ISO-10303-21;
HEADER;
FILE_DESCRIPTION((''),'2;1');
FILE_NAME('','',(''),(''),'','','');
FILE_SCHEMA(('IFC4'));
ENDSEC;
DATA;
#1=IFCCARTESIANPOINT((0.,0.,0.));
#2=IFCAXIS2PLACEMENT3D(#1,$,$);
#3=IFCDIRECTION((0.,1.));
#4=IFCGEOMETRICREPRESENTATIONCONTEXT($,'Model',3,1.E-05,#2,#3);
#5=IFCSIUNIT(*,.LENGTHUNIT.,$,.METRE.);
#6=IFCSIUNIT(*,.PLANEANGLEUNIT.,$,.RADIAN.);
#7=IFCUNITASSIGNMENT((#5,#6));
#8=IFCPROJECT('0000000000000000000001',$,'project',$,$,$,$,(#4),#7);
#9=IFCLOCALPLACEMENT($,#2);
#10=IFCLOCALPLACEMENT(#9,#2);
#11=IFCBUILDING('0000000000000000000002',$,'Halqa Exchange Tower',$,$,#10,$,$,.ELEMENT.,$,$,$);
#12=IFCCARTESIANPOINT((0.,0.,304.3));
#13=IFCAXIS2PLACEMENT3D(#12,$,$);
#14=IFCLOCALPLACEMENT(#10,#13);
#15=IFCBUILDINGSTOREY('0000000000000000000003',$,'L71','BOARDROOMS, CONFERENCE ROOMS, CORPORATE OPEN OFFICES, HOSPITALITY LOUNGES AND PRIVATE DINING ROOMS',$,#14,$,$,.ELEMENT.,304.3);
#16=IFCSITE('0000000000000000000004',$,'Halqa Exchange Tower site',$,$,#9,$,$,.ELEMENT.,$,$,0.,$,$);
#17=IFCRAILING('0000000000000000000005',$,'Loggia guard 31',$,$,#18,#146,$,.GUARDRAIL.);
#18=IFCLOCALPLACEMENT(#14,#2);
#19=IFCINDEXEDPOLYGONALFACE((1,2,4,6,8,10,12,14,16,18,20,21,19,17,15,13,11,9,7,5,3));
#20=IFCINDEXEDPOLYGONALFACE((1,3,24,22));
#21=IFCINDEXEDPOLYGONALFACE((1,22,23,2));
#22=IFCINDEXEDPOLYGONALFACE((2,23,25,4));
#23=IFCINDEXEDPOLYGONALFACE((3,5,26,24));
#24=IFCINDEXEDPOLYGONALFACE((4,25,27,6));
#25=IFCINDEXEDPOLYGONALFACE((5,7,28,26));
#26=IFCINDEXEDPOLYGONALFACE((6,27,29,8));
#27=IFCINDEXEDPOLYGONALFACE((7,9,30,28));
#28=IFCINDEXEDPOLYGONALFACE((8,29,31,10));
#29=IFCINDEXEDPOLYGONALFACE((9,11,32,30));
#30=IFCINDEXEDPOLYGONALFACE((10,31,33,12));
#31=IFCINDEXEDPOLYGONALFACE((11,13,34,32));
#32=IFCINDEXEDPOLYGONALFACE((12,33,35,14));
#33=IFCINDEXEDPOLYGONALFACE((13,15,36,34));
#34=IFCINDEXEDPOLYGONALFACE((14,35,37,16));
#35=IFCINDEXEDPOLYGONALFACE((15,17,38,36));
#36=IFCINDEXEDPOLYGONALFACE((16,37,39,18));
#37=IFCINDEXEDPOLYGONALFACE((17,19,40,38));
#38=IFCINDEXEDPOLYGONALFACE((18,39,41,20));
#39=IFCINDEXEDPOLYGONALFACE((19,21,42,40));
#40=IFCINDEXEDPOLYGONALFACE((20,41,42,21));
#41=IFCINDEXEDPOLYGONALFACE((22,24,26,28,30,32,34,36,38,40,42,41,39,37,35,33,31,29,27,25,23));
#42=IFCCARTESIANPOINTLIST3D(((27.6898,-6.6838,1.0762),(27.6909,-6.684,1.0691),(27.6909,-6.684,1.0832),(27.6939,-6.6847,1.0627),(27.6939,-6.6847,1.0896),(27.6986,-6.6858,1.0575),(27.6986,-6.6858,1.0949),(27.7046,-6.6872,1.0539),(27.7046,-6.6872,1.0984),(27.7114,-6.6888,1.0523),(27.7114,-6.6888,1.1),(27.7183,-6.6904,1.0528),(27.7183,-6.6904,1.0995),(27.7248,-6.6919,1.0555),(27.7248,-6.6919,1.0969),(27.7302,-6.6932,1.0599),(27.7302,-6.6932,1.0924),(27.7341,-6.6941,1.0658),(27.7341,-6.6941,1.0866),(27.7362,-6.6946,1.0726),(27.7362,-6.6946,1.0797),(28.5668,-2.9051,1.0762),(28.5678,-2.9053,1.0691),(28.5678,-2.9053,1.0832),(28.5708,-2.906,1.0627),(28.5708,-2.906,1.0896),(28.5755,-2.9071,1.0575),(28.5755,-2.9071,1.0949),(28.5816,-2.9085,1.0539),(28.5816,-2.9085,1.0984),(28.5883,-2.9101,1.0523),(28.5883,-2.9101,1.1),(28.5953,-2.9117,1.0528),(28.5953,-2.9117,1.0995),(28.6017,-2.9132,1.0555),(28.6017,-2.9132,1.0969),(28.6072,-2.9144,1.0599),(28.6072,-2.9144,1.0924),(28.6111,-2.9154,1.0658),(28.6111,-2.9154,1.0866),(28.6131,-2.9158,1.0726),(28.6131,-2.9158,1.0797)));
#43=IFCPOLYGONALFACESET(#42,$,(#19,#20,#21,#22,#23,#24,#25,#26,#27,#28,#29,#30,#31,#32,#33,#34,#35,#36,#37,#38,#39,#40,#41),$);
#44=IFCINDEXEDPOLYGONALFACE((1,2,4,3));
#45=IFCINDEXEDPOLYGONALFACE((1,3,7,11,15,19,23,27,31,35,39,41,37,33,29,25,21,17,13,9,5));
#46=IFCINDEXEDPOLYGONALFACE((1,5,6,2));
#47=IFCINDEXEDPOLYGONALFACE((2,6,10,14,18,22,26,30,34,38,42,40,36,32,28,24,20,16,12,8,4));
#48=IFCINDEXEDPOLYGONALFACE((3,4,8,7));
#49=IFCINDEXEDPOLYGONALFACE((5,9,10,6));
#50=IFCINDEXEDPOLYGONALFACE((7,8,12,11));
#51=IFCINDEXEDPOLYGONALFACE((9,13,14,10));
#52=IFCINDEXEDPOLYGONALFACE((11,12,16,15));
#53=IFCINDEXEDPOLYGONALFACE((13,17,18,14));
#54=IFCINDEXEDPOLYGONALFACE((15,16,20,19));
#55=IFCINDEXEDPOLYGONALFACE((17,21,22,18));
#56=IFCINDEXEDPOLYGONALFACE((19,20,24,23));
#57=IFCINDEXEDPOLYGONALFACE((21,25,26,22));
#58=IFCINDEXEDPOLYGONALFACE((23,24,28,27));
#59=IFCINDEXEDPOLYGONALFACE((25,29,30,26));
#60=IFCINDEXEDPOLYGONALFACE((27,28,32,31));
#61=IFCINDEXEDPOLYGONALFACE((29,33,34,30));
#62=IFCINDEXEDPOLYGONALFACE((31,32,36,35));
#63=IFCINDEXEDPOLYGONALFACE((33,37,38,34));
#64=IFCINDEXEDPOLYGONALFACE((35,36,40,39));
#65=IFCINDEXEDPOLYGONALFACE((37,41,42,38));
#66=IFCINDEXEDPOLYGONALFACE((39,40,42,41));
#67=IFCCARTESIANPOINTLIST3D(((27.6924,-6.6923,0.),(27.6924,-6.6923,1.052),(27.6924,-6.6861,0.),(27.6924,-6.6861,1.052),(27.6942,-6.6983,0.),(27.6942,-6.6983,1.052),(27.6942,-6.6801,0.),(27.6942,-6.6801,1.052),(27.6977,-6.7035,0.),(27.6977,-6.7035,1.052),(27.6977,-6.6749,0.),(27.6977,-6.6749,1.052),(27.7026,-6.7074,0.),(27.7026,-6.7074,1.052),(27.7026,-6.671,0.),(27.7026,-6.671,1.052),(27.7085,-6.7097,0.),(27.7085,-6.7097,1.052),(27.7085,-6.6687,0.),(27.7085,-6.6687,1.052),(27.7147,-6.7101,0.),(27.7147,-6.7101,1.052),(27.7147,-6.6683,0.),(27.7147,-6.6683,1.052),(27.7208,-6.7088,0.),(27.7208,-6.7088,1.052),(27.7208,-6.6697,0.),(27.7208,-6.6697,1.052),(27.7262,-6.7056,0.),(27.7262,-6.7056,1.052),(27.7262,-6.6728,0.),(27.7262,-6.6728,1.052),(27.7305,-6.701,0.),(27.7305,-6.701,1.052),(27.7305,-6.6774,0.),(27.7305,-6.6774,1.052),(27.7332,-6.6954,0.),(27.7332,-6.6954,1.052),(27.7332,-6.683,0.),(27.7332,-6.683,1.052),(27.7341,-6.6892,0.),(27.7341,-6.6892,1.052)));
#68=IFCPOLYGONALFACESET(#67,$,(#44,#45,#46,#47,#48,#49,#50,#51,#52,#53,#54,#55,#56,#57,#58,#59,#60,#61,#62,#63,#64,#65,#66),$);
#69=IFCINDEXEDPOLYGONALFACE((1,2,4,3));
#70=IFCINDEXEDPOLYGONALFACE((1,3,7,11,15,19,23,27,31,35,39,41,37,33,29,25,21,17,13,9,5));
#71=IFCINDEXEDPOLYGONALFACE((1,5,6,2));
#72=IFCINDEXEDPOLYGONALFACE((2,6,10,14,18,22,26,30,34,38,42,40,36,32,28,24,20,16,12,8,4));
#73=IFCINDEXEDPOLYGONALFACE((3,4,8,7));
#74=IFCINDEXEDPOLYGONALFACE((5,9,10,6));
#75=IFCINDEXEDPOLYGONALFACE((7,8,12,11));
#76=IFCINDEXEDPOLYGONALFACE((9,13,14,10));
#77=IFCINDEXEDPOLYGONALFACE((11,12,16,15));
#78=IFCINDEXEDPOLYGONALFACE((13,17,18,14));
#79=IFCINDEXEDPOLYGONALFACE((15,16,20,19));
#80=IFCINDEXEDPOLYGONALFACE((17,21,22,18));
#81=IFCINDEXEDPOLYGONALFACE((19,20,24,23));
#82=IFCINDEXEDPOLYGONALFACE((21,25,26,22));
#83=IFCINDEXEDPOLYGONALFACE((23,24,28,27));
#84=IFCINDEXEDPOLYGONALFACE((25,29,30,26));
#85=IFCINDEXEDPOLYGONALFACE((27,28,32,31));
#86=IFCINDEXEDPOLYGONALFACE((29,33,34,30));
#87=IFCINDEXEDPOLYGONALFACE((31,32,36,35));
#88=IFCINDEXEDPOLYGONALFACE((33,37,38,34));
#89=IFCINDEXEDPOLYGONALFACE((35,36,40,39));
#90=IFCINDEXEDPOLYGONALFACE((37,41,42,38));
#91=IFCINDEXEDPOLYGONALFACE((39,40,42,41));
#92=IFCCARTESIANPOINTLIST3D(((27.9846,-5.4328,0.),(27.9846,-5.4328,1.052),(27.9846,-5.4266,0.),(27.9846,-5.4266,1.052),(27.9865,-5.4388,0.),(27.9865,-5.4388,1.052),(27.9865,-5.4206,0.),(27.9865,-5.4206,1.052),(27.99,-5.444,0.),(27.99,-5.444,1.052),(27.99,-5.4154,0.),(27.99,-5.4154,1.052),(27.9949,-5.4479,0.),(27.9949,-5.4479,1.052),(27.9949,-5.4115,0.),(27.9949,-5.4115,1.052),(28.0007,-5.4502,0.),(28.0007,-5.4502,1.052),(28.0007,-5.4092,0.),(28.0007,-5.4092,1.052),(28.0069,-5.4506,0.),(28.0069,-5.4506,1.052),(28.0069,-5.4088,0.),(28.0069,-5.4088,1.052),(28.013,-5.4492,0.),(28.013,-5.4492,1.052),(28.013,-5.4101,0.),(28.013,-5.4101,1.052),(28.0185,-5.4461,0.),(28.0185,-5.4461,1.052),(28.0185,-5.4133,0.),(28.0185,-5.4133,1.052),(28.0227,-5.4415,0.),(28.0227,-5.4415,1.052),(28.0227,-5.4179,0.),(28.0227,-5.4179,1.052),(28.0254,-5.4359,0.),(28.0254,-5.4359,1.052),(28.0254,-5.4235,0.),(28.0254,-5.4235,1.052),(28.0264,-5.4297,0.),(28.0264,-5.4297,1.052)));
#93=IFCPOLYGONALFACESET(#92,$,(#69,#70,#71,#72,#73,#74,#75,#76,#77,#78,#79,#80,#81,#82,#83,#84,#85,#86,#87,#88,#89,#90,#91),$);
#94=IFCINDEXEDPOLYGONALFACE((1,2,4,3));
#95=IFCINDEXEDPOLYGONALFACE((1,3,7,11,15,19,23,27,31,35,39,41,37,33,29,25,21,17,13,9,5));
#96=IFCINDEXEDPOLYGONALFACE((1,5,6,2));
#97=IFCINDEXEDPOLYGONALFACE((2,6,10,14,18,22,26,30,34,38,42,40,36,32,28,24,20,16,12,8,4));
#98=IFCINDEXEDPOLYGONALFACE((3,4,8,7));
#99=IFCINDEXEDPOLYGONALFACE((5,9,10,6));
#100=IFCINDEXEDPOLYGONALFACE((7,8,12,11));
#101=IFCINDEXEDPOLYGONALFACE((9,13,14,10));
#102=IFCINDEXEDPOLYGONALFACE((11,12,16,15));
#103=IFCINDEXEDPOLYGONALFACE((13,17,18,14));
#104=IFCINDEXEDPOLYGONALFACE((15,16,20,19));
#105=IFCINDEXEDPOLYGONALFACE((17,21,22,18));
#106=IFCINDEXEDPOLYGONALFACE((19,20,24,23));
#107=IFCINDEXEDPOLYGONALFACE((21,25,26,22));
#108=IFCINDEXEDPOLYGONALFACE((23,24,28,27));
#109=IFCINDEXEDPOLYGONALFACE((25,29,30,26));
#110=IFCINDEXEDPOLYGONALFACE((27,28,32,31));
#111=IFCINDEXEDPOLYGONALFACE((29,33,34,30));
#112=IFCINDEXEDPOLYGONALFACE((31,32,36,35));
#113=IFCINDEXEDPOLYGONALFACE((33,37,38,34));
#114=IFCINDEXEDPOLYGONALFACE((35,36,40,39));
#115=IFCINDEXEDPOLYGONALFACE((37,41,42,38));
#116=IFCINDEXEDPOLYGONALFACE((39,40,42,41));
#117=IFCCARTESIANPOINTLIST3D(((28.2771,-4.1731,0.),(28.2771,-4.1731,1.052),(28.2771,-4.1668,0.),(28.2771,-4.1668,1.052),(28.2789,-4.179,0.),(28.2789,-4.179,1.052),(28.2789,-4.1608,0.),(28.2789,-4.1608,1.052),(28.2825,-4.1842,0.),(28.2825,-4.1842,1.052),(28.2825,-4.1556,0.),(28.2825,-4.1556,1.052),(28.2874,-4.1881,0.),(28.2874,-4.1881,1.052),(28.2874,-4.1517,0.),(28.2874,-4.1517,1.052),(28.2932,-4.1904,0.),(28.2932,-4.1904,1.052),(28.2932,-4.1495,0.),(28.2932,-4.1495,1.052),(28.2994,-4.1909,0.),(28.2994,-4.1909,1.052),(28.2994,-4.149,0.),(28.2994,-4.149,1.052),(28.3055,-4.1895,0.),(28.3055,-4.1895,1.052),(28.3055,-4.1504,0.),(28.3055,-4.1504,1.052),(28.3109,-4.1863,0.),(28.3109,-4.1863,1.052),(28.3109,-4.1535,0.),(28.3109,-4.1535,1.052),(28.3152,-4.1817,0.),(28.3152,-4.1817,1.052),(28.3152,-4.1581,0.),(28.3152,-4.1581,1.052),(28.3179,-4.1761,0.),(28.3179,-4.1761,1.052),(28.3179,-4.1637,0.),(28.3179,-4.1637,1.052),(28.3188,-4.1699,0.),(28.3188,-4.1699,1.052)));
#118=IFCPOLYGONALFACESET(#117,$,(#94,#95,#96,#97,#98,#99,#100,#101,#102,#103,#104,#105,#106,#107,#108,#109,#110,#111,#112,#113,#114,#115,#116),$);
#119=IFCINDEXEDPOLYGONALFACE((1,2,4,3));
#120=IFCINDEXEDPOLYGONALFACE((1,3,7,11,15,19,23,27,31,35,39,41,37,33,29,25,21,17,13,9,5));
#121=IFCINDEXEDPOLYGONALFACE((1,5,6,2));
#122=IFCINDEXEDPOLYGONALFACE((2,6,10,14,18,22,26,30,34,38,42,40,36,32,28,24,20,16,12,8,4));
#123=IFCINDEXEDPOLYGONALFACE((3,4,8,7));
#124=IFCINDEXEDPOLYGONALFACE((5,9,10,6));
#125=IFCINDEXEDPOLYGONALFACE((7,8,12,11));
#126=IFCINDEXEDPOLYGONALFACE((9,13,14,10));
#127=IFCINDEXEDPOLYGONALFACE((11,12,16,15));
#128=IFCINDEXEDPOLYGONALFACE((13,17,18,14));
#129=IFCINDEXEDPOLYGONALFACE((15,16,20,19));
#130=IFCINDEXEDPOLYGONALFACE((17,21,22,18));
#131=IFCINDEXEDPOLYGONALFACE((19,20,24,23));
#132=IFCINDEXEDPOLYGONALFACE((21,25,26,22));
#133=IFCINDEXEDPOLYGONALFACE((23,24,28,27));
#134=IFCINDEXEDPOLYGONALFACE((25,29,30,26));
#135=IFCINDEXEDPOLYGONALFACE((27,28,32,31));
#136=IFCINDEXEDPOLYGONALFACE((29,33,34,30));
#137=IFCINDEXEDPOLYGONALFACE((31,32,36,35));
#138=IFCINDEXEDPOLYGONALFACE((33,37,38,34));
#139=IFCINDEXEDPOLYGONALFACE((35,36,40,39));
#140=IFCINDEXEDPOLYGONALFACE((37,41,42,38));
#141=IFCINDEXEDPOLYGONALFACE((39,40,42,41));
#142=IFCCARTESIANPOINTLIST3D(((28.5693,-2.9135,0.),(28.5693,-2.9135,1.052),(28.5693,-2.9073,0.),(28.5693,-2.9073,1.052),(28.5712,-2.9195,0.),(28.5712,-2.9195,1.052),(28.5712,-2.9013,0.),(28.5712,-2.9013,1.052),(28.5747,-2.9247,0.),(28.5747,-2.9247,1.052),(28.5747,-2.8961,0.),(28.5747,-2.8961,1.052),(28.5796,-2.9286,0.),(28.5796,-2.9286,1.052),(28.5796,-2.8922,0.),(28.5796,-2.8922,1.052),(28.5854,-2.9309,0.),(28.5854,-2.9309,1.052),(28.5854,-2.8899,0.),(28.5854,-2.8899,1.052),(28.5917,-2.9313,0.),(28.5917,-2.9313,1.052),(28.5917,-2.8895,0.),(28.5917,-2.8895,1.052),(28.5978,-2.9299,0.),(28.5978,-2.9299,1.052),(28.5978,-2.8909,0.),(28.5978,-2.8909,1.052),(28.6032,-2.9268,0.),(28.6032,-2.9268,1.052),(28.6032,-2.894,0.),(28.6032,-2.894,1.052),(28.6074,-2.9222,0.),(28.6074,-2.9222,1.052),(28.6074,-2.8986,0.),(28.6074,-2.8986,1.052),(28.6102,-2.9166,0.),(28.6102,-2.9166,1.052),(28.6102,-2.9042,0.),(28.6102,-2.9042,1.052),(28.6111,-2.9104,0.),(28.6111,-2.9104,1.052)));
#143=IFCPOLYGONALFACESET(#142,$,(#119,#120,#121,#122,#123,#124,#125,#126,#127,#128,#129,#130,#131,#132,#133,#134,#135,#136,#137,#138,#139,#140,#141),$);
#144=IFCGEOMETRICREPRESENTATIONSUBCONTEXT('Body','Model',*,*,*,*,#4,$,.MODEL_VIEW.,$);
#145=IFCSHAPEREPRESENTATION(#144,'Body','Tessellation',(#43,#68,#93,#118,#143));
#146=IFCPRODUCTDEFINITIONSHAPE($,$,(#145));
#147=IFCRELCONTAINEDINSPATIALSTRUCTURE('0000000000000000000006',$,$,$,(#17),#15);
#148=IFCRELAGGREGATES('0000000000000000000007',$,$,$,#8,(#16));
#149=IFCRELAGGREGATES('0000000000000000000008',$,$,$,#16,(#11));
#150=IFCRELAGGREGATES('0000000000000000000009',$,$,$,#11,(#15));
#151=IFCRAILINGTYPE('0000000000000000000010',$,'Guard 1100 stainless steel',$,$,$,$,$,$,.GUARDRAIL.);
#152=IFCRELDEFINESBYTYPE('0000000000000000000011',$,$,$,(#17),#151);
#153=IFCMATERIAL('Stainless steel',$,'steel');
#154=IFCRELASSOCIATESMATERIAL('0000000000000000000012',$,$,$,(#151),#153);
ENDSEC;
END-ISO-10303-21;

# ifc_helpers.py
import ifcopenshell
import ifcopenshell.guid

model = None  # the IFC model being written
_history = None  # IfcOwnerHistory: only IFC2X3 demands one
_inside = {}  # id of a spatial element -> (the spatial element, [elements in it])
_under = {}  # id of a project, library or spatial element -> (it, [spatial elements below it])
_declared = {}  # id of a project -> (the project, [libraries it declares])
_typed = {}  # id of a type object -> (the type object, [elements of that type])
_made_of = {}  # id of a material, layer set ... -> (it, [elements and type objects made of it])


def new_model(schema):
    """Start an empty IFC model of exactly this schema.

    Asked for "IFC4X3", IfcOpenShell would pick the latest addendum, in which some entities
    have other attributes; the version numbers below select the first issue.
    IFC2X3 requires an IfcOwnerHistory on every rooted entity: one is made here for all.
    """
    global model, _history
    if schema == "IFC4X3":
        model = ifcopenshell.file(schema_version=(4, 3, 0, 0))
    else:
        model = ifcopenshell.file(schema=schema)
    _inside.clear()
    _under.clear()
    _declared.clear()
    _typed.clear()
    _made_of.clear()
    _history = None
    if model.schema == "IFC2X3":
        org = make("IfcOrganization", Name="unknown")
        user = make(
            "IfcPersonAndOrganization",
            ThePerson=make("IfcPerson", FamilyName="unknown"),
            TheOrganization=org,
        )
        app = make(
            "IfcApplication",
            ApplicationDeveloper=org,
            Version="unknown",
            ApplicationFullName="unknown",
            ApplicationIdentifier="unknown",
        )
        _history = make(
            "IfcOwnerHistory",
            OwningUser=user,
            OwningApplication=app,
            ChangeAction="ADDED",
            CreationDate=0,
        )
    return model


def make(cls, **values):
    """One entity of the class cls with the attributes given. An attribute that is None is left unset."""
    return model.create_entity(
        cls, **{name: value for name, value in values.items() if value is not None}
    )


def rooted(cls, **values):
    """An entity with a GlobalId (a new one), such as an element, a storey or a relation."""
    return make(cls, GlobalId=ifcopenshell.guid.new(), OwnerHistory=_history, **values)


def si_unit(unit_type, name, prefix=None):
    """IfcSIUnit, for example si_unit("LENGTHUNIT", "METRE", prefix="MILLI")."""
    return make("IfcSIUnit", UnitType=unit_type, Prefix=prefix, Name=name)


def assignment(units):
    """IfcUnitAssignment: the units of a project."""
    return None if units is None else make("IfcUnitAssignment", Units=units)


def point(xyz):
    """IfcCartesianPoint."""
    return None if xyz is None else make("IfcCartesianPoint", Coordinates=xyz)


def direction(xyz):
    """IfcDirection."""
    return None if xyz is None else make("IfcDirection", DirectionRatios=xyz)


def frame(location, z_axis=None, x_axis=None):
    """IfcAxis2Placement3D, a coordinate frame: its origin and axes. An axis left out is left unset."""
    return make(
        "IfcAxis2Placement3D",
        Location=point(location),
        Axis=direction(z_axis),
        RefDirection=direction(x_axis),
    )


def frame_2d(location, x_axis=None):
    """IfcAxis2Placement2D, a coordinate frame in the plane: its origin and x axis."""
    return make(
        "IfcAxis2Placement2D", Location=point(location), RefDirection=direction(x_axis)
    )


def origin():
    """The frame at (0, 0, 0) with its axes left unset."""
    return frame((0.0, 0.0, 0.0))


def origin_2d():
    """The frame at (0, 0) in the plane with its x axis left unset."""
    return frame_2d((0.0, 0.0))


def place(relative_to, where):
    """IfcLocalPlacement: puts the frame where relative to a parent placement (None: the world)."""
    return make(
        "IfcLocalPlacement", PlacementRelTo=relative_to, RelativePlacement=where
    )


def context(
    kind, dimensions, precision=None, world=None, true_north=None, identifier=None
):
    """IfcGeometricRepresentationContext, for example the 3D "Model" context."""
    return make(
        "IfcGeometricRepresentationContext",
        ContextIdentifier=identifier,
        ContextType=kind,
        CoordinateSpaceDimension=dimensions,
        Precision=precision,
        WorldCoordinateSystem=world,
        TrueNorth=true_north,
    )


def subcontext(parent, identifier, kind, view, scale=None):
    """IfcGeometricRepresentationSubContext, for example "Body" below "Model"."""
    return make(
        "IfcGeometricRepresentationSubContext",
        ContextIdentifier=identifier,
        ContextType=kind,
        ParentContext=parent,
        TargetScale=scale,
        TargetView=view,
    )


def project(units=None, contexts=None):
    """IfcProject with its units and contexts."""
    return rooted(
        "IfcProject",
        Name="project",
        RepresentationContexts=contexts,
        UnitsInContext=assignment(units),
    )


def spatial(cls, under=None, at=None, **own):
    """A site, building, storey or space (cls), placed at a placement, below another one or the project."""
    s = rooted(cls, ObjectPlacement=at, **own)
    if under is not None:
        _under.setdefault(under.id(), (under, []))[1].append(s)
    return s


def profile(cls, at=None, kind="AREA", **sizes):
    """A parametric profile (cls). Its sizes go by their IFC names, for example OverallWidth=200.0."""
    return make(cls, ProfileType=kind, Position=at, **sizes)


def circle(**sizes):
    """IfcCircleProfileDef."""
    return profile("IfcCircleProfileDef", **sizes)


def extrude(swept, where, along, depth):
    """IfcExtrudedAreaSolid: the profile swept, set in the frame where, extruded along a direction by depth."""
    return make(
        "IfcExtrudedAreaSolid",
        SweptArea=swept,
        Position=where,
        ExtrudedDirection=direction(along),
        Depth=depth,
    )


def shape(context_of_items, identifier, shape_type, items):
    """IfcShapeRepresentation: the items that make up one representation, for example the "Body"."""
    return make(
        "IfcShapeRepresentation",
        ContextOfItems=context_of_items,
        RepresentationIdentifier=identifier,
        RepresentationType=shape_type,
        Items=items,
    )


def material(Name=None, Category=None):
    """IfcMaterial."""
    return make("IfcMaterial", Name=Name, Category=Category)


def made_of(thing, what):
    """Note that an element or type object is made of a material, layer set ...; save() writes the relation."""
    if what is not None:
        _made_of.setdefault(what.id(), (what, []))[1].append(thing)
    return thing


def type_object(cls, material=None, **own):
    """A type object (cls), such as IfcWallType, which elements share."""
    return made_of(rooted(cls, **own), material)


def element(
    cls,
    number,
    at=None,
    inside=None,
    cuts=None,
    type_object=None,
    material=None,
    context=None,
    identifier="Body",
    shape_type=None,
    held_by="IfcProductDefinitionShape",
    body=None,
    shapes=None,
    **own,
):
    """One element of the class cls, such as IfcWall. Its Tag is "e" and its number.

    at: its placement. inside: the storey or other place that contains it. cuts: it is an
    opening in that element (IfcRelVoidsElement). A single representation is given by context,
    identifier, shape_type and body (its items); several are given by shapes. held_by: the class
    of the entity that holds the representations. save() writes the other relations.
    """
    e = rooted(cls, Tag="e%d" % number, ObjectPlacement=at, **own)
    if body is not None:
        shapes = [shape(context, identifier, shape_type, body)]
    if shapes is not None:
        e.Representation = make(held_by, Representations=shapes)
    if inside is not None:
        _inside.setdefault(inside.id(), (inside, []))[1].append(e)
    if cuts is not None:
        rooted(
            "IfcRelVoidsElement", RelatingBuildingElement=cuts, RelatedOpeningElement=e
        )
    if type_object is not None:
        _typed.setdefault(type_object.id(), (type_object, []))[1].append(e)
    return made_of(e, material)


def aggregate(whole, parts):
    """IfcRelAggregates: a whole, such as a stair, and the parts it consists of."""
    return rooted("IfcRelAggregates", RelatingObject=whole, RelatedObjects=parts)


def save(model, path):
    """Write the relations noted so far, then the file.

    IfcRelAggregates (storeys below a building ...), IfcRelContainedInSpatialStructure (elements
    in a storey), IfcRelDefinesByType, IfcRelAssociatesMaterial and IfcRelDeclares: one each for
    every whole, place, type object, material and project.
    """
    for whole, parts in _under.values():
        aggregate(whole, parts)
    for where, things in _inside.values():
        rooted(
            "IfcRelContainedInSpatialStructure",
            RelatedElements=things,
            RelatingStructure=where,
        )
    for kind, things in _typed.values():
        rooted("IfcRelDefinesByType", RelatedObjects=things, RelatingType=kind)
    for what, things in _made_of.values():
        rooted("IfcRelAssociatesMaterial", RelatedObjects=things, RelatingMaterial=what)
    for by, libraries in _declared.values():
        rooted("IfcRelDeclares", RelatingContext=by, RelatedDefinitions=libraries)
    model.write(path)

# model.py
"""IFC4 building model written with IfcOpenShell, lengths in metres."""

from ifc_helpers import new_model, si_unit, direction, frame, origin, origin_2d, place, context, subcontext, project, spatial, circle, extrude, material, type_object, element, save


model = new_model("IFC4")

# Units and contexts
model_context = context("Model", 3, precision=1e-05, world=origin(), true_north=direction((0.0, 1.0)))
body_context = subcontext(model_context, "Body", "Model", "MODEL_VIEW")
ifc_project = project(units=[si_unit("LENGTHUNIT", "METRE"), si_unit("PLANEANGLEUNIT", "RADIAN")], contexts=[model_context])

# Site, building, storey
site_placement = place(None, origin())
site = spatial("IfcSite", under=ifc_project, at=site_placement, Name="Halqa Exchange Tower site", CompositionType="ELEMENT", RefElevation=0.0)
building_placement = place(site_placement, origin())
building = spatial("IfcBuilding", under=site, at=building_placement, Name="Halqa Exchange Tower", CompositionType="ELEMENT")
storey_placement = place(building_placement, frame((0.0, 0.0, 304.3)))
storey = spatial("IfcBuildingStorey", under=building, at=storey_placement, Name="L71", Description="BOARDROOMS, CONFERENCE ROOMS, CORPORATE OPEN OFFICES, HOSPITALITY LOUNGES AND PRIVATE DINING ROOMS", CompositionType="ELEMENT", Elevation=304.3)

# Railing
ifc_material_1 = material(Name="Stainless steel", Category="steel")
railing_type = type_object("IfcRailingType", Name="Guard 1100 stainless steel", PredefinedType="GUARDRAIL", material=ifc_material_1)
railing_1_placement = place(storey_placement, frame((27.7131, -6.6892, 0.0)))
element("IfcRailing", 1, at=railing_1_placement, inside=storey, type_object=railing_type, Name="Loggia guard 31", PredefinedType="GUARDRAIL", context=body_context, shape_type="SweptSolid", body=[
    extrude(circle(Radius=0.0239, at=origin_2d()), frame((0.0, 0.0, 1.0762), z_axis=(0.226064, 0.974113, 0.0), x_axis=(-0.974113, 0.226064, 0.0)), (0.0, 0.0, 1.0), 3.8792),
    extrude(circle(Radius=0.021, at=origin_2d()), origin(), (0.0, 0.0, 1.0), 1.052),
    extrude(circle(Radius=0.021, at=origin_2d()), frame((0.2922, 1.2595, 0.0)), (0.0, 0.0, 1.0), 1.052),
    extrude(circle(Radius=0.021, at=origin_2d()), frame((0.5847, 2.5193, 0.0)), (0.0, 0.0, 1.0), 1.052),
    extrude(circle(Radius=0.021, at=origin_2d()), frame((0.877, 3.7788, 0.0)), (0.0, 0.0, 1.0), 1.052),
])

save(model, "model.ifc")
